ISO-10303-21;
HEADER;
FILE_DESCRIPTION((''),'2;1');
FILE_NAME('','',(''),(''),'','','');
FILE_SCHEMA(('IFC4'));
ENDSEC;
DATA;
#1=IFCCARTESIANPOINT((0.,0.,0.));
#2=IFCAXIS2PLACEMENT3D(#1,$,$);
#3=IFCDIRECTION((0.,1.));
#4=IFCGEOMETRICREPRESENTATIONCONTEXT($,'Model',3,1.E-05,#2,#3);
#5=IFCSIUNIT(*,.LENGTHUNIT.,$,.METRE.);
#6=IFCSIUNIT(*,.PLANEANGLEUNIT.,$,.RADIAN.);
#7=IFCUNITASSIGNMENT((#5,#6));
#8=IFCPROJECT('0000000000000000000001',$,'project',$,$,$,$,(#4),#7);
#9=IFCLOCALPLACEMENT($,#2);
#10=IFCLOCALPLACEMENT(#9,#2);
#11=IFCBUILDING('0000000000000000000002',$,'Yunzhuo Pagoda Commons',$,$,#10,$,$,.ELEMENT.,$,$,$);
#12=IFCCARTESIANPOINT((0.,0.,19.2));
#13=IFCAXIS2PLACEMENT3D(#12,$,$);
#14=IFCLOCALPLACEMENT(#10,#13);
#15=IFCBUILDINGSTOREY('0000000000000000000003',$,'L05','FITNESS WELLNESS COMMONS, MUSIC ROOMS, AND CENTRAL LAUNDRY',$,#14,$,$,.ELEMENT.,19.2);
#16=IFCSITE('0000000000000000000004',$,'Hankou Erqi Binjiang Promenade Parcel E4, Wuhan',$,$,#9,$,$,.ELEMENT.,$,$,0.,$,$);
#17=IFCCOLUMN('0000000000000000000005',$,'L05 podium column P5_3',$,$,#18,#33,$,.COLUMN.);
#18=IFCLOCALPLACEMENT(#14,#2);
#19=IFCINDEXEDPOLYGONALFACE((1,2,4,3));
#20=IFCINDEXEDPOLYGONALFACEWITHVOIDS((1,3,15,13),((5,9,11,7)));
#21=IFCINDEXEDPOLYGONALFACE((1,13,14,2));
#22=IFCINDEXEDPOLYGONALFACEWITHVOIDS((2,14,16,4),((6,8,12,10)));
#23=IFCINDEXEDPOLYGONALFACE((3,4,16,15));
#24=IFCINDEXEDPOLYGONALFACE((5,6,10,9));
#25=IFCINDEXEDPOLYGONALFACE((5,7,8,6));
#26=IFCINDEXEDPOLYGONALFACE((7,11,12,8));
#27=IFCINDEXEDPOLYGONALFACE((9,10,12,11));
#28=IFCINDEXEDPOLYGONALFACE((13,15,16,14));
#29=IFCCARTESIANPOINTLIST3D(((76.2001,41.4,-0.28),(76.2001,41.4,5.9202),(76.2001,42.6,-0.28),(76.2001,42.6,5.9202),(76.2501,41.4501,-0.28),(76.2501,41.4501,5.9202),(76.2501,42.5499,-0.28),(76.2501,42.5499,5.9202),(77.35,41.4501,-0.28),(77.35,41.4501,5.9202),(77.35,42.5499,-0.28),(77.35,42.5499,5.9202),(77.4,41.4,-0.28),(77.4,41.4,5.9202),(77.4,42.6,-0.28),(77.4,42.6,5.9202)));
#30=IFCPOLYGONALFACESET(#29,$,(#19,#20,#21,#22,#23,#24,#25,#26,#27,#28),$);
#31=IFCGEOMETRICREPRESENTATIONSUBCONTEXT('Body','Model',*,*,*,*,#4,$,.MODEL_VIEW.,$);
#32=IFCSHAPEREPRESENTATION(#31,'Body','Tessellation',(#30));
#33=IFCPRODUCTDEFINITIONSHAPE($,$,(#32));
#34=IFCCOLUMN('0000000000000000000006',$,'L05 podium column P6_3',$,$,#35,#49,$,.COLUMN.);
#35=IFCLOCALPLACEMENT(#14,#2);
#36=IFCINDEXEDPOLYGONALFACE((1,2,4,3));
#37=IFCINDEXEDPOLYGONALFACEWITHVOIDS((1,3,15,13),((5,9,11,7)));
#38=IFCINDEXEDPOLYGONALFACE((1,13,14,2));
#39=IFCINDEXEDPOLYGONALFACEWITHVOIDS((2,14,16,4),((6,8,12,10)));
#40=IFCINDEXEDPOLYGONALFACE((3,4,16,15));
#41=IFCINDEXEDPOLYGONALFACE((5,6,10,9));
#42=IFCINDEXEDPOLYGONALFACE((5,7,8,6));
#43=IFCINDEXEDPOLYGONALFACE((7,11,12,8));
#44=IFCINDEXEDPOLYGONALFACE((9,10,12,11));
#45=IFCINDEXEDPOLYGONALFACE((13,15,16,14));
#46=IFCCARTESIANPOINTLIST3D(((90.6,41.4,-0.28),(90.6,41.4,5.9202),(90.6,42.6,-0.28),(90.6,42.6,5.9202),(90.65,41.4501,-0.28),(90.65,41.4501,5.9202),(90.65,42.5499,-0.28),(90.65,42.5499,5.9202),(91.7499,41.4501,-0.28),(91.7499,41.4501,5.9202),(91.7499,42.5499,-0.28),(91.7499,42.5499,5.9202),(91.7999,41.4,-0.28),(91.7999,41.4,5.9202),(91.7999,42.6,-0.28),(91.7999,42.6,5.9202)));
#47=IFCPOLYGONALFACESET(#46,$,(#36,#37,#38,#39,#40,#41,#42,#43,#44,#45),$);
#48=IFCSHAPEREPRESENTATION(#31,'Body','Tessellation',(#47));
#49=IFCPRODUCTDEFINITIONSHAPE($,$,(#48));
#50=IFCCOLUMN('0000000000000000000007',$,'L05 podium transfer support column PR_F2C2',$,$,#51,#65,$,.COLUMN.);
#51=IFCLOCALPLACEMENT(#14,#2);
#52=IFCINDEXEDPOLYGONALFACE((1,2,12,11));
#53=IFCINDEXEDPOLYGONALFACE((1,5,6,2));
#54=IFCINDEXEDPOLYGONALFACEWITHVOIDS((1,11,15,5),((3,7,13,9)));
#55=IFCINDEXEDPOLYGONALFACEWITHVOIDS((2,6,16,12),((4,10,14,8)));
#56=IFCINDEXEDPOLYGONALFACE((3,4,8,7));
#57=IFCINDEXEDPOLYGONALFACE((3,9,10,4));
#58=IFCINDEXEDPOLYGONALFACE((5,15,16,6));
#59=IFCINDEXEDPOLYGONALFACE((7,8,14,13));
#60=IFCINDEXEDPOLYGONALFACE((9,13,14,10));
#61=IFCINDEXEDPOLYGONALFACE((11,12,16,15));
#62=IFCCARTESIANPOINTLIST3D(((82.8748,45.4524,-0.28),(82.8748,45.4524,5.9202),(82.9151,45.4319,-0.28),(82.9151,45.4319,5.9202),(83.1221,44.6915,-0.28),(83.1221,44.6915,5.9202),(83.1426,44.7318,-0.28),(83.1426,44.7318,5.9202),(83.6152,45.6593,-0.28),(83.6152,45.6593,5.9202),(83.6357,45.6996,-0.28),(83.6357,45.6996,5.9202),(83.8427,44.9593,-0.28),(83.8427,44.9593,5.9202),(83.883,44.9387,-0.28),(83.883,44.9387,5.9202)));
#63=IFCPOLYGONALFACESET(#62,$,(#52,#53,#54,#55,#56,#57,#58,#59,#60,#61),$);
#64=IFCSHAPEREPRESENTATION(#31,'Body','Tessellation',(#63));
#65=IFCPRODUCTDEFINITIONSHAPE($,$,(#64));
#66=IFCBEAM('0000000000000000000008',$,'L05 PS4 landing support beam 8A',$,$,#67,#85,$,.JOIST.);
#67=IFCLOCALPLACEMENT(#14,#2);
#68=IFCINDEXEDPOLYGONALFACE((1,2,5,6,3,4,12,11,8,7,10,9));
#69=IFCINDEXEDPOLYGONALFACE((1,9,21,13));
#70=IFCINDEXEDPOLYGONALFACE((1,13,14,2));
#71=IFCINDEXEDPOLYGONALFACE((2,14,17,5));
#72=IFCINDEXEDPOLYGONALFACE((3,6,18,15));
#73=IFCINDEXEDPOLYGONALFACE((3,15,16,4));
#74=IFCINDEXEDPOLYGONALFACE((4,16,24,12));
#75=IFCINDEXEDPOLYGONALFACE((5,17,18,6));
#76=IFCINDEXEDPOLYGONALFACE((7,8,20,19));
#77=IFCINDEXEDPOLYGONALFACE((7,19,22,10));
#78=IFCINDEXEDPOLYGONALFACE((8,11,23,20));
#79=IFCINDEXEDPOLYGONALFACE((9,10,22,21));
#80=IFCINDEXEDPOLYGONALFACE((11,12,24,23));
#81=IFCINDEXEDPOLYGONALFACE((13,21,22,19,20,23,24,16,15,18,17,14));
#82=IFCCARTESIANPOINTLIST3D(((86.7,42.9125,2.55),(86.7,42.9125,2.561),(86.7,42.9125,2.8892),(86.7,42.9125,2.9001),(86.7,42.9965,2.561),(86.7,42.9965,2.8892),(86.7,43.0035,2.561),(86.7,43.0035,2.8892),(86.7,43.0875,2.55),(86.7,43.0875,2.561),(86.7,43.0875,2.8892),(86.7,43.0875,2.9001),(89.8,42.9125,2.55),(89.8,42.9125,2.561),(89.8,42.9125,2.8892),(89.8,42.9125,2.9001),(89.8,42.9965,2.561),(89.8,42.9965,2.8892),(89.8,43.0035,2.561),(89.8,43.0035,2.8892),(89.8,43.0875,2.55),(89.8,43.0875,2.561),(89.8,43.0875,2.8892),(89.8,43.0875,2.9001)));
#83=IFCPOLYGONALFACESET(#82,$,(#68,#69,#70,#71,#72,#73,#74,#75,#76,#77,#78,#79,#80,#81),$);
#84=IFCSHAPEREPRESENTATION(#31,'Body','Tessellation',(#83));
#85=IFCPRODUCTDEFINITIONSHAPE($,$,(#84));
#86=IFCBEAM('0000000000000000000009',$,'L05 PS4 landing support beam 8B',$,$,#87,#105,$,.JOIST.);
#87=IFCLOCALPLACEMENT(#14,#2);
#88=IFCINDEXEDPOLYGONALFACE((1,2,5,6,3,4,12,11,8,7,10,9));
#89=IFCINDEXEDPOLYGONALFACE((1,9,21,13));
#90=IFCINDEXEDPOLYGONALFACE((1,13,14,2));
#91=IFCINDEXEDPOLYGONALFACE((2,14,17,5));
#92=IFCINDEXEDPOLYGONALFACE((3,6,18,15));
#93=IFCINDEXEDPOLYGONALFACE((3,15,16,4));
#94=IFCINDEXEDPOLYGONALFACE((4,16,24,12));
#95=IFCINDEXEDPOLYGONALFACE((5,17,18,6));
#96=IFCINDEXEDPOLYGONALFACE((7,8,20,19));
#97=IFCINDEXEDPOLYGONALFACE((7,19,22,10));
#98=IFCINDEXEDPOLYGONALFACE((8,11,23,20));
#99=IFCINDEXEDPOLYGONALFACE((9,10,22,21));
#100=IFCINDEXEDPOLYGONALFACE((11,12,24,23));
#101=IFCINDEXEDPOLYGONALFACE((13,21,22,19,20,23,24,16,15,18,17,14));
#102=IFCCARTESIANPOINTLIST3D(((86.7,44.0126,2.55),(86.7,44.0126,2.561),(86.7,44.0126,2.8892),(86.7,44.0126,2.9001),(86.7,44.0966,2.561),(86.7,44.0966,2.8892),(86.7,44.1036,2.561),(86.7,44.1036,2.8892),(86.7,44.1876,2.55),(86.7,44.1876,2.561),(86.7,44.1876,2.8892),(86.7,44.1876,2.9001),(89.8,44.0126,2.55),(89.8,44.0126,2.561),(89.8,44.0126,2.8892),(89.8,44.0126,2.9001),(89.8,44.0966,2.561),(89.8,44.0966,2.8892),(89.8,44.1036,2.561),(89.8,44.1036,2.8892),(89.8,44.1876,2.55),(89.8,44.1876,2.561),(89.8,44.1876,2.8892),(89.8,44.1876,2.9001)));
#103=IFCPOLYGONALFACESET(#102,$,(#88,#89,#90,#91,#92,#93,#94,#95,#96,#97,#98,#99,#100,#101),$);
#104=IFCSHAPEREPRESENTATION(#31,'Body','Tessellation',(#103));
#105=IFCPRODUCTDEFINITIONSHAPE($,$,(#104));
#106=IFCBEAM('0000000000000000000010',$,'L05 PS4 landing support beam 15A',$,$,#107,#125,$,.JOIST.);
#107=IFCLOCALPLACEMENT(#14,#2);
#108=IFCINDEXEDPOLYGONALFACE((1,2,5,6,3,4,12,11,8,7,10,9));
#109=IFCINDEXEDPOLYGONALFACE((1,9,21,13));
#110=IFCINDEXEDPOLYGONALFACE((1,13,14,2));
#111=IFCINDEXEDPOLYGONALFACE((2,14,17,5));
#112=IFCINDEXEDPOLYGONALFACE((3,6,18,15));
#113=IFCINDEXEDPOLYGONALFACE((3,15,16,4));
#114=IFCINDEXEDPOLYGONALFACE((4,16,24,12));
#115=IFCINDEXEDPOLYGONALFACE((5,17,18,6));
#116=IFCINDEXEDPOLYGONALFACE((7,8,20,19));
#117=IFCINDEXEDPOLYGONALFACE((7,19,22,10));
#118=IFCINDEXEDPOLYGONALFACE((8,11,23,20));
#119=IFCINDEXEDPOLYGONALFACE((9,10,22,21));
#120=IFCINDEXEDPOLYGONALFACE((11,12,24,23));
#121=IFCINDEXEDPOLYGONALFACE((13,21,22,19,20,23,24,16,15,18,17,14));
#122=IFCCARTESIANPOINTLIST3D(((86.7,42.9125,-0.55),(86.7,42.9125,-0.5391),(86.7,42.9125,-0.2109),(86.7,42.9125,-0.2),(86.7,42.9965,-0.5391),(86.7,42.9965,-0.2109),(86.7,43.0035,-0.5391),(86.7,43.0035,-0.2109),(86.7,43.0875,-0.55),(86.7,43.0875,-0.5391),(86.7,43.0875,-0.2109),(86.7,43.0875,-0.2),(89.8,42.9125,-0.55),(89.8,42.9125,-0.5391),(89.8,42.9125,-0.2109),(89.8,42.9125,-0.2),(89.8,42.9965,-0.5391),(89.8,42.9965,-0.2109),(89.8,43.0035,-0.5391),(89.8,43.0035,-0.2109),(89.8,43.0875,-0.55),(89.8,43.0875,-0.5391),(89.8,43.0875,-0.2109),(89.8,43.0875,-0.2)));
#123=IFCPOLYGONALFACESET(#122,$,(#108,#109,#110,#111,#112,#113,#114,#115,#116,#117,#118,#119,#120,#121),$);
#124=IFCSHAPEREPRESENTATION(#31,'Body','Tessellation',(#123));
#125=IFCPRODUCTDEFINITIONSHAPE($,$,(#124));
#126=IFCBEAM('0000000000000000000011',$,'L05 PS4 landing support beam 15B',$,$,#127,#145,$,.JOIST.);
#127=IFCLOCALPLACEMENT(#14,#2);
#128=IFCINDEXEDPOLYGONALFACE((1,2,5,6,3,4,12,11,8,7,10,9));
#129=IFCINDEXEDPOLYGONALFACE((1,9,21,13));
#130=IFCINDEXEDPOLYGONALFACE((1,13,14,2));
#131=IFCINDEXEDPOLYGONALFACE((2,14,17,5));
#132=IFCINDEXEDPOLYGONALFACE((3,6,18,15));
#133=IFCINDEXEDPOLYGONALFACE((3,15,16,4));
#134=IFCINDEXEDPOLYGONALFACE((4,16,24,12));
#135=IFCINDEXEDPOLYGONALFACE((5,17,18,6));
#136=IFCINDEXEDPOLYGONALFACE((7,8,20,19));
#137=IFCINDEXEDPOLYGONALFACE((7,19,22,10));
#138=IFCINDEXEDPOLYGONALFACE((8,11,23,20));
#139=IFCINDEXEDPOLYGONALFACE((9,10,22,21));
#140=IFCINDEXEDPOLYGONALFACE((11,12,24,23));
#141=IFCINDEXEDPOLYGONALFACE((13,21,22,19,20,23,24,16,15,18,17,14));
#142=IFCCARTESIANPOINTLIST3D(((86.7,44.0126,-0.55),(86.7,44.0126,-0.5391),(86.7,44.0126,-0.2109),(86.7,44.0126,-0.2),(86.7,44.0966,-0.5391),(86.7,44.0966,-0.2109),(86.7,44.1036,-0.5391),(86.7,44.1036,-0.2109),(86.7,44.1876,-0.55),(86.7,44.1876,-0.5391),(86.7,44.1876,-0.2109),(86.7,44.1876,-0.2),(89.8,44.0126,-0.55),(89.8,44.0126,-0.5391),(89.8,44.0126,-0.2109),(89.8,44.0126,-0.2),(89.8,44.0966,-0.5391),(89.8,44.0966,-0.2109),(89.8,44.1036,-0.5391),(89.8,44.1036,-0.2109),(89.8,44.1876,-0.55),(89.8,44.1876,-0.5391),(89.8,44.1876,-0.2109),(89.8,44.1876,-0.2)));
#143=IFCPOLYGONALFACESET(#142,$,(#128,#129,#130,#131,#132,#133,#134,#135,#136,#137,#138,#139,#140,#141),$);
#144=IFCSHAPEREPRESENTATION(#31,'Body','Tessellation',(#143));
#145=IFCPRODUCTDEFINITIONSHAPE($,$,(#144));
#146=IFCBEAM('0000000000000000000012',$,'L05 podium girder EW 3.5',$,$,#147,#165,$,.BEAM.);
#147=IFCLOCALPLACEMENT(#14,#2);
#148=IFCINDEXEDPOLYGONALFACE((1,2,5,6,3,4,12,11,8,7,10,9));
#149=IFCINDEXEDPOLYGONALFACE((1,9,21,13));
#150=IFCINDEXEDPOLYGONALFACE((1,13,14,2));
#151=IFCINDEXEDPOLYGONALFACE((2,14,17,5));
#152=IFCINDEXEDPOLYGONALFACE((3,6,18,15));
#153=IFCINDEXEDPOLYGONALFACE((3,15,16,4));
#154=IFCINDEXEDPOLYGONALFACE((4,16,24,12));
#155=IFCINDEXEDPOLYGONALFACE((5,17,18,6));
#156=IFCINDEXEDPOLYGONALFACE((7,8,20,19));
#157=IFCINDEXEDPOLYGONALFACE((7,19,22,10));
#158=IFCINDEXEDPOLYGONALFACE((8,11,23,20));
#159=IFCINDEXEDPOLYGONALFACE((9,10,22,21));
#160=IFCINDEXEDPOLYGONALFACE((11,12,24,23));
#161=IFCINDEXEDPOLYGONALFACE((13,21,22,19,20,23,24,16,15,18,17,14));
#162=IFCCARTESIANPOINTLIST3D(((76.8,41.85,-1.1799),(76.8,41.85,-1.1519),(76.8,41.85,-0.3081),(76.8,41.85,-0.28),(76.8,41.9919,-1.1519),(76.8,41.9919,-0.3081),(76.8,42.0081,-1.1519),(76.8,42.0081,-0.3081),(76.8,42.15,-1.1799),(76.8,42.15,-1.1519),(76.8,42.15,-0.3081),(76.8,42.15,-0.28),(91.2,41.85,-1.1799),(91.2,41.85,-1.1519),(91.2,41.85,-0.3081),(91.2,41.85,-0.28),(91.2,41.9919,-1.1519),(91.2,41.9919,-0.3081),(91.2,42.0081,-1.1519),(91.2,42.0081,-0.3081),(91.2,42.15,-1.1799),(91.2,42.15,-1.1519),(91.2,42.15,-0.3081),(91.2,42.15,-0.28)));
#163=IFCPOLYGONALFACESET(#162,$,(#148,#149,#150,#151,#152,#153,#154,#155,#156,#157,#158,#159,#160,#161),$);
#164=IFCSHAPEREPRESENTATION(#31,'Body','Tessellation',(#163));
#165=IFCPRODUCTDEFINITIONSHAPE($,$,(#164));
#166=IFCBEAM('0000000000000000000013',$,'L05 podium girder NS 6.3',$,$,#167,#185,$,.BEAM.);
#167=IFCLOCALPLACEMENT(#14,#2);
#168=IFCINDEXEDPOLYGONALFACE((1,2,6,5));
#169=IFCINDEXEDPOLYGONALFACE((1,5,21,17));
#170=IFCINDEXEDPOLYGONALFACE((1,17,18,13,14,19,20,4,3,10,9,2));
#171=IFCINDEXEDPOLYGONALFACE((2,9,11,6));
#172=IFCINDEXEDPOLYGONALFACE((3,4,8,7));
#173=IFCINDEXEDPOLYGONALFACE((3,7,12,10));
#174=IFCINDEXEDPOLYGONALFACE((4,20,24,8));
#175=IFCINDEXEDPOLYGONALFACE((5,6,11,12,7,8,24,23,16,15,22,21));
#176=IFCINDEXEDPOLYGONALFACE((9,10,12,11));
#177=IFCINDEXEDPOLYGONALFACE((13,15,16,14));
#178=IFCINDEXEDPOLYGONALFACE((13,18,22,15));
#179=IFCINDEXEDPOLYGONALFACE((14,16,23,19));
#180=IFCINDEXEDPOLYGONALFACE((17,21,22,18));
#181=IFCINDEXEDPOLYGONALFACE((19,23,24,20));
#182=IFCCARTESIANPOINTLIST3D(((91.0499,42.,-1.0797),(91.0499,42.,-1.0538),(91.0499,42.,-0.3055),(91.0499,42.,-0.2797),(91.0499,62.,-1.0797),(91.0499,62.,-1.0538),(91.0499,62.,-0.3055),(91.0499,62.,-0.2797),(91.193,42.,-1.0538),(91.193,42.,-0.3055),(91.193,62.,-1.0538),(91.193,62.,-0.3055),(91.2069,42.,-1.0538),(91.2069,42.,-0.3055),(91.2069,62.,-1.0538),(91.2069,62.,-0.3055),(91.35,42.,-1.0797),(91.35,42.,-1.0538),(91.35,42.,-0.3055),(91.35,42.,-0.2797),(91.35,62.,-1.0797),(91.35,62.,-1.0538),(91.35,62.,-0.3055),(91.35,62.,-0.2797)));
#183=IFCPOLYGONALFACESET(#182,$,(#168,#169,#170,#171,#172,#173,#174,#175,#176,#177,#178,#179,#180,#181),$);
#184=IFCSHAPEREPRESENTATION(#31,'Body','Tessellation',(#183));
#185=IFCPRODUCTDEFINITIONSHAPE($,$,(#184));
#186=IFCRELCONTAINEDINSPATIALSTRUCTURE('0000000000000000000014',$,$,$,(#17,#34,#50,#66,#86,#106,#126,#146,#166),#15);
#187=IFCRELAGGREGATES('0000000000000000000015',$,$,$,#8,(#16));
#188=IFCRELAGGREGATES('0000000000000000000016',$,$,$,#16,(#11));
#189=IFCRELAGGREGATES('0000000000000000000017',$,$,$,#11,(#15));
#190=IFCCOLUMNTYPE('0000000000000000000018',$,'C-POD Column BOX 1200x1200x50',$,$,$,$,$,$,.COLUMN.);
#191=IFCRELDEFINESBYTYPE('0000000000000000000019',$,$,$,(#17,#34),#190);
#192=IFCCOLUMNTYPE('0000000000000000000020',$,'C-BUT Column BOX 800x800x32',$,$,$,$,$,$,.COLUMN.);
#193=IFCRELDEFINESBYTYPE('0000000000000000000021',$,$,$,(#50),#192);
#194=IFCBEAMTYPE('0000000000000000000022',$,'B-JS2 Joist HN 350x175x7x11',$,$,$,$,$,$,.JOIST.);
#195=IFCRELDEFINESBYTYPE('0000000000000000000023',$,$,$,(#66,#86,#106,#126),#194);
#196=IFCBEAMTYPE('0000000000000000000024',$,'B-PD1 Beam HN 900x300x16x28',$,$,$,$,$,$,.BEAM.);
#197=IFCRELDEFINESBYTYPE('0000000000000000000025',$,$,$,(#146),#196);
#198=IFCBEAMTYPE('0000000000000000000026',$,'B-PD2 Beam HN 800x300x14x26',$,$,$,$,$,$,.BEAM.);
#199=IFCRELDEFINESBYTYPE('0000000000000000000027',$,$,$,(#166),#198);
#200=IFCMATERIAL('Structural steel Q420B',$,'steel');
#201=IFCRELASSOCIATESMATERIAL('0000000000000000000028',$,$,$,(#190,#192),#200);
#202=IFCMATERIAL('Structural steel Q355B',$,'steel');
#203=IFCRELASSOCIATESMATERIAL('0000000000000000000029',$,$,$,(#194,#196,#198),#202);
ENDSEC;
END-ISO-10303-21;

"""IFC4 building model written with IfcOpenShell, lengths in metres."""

from ifc_helpers import new_model, si_unit, direction, frame, origin, origin_2d, place, context, subcontext, project, spatial, hollow_rectangle, i_section, extrude, source, transform, mapped, material, material_profile, profile_set, type_object, element, save


model = new_model("IFC4")

# Units and contexts
model_context = context("Model", 3, precision=1e-05, world=origin(), true_north=direction((0.0, 1.0)))
body_context = subcontext(model_context, "Body", "Model", "MODEL_VIEW")
ifc_project = project(units=[si_unit("LENGTHUNIT", "METRE"), si_unit("PLANEANGLEUNIT", "RADIAN")], contexts=[model_context])

# Site, building, storey
site_placement = place(None, origin())
site = spatial("IfcSite", under=ifc_project, at=site_placement, Name="Hankou Erqi Binjiang Promenade Parcel E4, Wuhan", CompositionType="ELEMENT", RefElevation=0.0)
building_placement = place(site_placement, origin())
building = spatial("IfcBuilding", under=site, at=building_placement, Name="Yunzhuo Pagoda Commons", CompositionType="ELEMENT")
storey_placement = place(building_placement, frame((0.0, 0.0, 19.2)))
storey = spatial("IfcBuildingStorey", under=building, at=storey_placement, Name="L05", Description="FITNESS WELLNESS COMMONS, MUSIC ROOMS, AND CENTRAL LAUNDRY", CompositionType="ELEMENT", Elevation=19.2)

# Columns
ifc_material_1 = material(Name="Structural steel Q420B", Category="steel")
ifc_material_profile_1 = material_profile(ifc_material_1, hollow_rectangle(XDim=1.2, YDim=1.2, WallThickness=0.05, at=origin_2d()), Name="Structural steel Q420B")
ifc_profile_set_1 = profile_set([ifc_material_profile_1], Name="Structural steel Q420B")
column_type_1 = type_object("IfcColumnType", Name="C-POD Column BOX 1200x1200x50", PredefinedType="COLUMN", material=ifc_profile_set_1)
shared_shape_1 = source(origin(), body_context, "Body", "SweptSolid", [
    extrude(hollow_rectangle(XDim=1.2, YDim=1.2, WallThickness=0.05, at=origin_2d()), origin(), (0.0, 0.0, 1.0), 6.2002),
])
for number, where, z_axis, x_axis, name in (
    (1, (76.8, 42.0, -0.28), (0.0, 0.0, 1.0), (1.0, 0.0, 0.0), "L05 podium column P5_3"),
    (2, (91.2, 42.0, -0.28), (0.0, 0.0, 1.0), (1.0, 0.0, 0.0), "L05 podium column P6_3"),
):
    element("IfcColumn", number, at=place(storey_placement, frame(where, z_axis=z_axis, x_axis=x_axis)), inside=storey, type_object=column_type_1, Name=name, PredefinedType="COLUMN", context=body_context, shape_type="MappedRepresentation", body=[
        mapped(shared_shape_1, transform((0.0, 0.0, 0.0), scale=1.0)),
    ])
ifc_material_profile_2 = material_profile(ifc_material_1, hollow_rectangle(XDim=0.8, YDim=0.8, WallThickness=0.032, at=origin_2d()), Name="Structural steel Q420B")
ifc_profile_set_2 = profile_set([ifc_material_profile_2], Name="Structural steel Q420B")
column_type_2 = type_object("IfcColumnType", Name="C-BUT Column BOX 800x800x32", PredefinedType="COLUMN", material=ifc_profile_set_2)
shared_shape_2 = source(origin(), body_context, "Body", "SweptSolid", [
    extrude(hollow_rectangle(XDim=0.8, YDim=0.8, WallThickness=0.032, at=origin_2d()), origin(), (0.0, 0.0, 1.0), 6.2002),
])
column_placement = place(storey_placement, frame((83.3789, 45.1956, -0.28), z_axis=(0.0, 0.0, 1.0), x_axis=(-0.309017, 0.951057, 0.0)))
element("IfcColumn", 3, at=column_placement, inside=storey, type_object=column_type_2, Name="L05 podium transfer support column PR_F2C2", PredefinedType="COLUMN", context=body_context, shape_type="MappedRepresentation", body=[
    mapped(shared_shape_2, transform((0.0, 0.0, 0.0), scale=1.0)),
])

# Beams
ifc_material_2 = material(Name="Structural steel Q355B", Category="steel")
ifc_material_profile_3 = material_profile(ifc_material_2, i_section(OverallWidth=0.175, OverallDepth=0.3501, WebThickness=0.0071, FlangeThickness=0.011, at=origin_2d()), Name="Structural steel Q355B")
ifc_profile_set_3 = profile_set([ifc_material_profile_3], Name="Structural steel Q355B")
beam_type_1 = type_object("IfcBeamType", Name="B-JS2 Joist HN 350x175x7x11", PredefinedType="JOIST", material=ifc_profile_set_3)
shared_shape_3 = source(origin(), body_context, "Body", "SweptSolid", [
    extrude(i_section(OverallWidth=0.175, OverallDepth=0.3501, WebThickness=0.0071, FlangeThickness=0.011, at=origin_2d()), origin(), (0.0, 0.0, 1.0), 3.1001),
])
for number, where, z_axis, x_axis, name in (
    (4, (86.7, 43.0, 2.7251), (1.0, 0.0, 0.0), (0.0, 1.0, 0.0), "L05 PS4 landing support beam 8A"),
    (5, (86.7, 44.1001, 2.7251), (1.0, 0.0, 0.0), (0.0, 1.0, 0.0), "L05 PS4 landing support beam 8B"),
    (6, (86.7, 43.0, -0.375), (1.0, 0.0, 0.0), (0.0, 1.0, 0.0), "L05 PS4 landing support beam 15A"),
    (7, (86.7, 44.1001, -0.375), (1.0, 0.0, 0.0), (0.0, 1.0, 0.0), "L05 PS4 landing support beam 15B"),
):
    element("IfcBeam", number, at=place(storey_placement, frame(where, z_axis=z_axis, x_axis=x_axis)), inside=storey, type_object=beam_type_1, Name=name, PredefinedType="JOIST", context=body_context, shape_type="MappedRepresentation", body=[
        mapped(shared_shape_3, transform((0.0, 0.0, 0.0), scale=1.0)),
    ])
ifc_material_profile_4 = material_profile(ifc_material_2, i_section(OverallWidth=0.3, OverallDepth=0.8999, WebThickness=0.0161, FlangeThickness=0.0281, at=origin_2d()), Name="Structural steel Q355B")
ifc_profile_set_4 = profile_set([ifc_material_profile_4], Name="Structural steel Q355B")
beam_type_2 = type_object("IfcBeamType", Name="B-PD1 Beam HN 900x300x16x28", PredefinedType="BEAM", material=ifc_profile_set_4)
shared_shape_4 = source(origin(), body_context, "Body", "SweptSolid", [
    extrude(i_section(OverallWidth=0.3, OverallDepth=0.8999, WebThickness=0.0161, FlangeThickness=0.0281, at=origin_2d()), origin(), (0.0, 0.0, 1.0), 14.3999),
])
beam_1_placement = place(storey_placement, frame((76.8, 42.0, -0.73), z_axis=(1.0, 0.0, 0.0), x_axis=(0.0, 1.0, 0.0)))
element("IfcBeam", 8, at=beam_1_placement, inside=storey, type_object=beam_type_2, Name="L05 podium girder EW 3.5", PredefinedType="BEAM", context=body_context, shape_type="MappedRepresentation", body=[
    mapped(shared_shape_4, transform((0.0, 0.0, 0.0), scale=1.0)),
])
ifc_material_profile_5 = material_profile(ifc_material_2, i_section(OverallWidth=0.3, OverallDepth=0.8, WebThickness=0.0139, FlangeThickness=0.0259, at=origin_2d()), Name="Structural steel Q355B")
ifc_profile_set_5 = profile_set([ifc_material_profile_5], Name="Structural steel Q355B")
beam_type_3 = type_object("IfcBeamType", Name="B-PD2 Beam HN 800x300x14x26", PredefinedType="BEAM", material=ifc_profile_set_5)
shared_shape_5 = source(origin(), body_context, "Body", "SweptSolid", [
    extrude(i_section(OverallWidth=0.3, OverallDepth=0.8, WebThickness=0.0139, FlangeThickness=0.0259, at=origin_2d()), origin(), (0.0, 0.0, 1.0), 20.0),
])
beam_2_placement = place(storey_placement, frame((91.2, 42.0, -0.6797), z_axis=(0.0, 1.0, 0.0), x_axis=(-1.0, 0.0, 0.0)))
element("IfcBeam", 9, at=beam_2_placement, inside=storey, type_object=beam_type_3, Name="L05 podium girder NS 6.3", PredefinedType="BEAM", context=body_context, shape_type="MappedRepresentation", body=[
    mapped(shared_shape_5, transform((0.0, 0.0, 0.0), scale=1.0)),
])

save(model, "model.ifc")
